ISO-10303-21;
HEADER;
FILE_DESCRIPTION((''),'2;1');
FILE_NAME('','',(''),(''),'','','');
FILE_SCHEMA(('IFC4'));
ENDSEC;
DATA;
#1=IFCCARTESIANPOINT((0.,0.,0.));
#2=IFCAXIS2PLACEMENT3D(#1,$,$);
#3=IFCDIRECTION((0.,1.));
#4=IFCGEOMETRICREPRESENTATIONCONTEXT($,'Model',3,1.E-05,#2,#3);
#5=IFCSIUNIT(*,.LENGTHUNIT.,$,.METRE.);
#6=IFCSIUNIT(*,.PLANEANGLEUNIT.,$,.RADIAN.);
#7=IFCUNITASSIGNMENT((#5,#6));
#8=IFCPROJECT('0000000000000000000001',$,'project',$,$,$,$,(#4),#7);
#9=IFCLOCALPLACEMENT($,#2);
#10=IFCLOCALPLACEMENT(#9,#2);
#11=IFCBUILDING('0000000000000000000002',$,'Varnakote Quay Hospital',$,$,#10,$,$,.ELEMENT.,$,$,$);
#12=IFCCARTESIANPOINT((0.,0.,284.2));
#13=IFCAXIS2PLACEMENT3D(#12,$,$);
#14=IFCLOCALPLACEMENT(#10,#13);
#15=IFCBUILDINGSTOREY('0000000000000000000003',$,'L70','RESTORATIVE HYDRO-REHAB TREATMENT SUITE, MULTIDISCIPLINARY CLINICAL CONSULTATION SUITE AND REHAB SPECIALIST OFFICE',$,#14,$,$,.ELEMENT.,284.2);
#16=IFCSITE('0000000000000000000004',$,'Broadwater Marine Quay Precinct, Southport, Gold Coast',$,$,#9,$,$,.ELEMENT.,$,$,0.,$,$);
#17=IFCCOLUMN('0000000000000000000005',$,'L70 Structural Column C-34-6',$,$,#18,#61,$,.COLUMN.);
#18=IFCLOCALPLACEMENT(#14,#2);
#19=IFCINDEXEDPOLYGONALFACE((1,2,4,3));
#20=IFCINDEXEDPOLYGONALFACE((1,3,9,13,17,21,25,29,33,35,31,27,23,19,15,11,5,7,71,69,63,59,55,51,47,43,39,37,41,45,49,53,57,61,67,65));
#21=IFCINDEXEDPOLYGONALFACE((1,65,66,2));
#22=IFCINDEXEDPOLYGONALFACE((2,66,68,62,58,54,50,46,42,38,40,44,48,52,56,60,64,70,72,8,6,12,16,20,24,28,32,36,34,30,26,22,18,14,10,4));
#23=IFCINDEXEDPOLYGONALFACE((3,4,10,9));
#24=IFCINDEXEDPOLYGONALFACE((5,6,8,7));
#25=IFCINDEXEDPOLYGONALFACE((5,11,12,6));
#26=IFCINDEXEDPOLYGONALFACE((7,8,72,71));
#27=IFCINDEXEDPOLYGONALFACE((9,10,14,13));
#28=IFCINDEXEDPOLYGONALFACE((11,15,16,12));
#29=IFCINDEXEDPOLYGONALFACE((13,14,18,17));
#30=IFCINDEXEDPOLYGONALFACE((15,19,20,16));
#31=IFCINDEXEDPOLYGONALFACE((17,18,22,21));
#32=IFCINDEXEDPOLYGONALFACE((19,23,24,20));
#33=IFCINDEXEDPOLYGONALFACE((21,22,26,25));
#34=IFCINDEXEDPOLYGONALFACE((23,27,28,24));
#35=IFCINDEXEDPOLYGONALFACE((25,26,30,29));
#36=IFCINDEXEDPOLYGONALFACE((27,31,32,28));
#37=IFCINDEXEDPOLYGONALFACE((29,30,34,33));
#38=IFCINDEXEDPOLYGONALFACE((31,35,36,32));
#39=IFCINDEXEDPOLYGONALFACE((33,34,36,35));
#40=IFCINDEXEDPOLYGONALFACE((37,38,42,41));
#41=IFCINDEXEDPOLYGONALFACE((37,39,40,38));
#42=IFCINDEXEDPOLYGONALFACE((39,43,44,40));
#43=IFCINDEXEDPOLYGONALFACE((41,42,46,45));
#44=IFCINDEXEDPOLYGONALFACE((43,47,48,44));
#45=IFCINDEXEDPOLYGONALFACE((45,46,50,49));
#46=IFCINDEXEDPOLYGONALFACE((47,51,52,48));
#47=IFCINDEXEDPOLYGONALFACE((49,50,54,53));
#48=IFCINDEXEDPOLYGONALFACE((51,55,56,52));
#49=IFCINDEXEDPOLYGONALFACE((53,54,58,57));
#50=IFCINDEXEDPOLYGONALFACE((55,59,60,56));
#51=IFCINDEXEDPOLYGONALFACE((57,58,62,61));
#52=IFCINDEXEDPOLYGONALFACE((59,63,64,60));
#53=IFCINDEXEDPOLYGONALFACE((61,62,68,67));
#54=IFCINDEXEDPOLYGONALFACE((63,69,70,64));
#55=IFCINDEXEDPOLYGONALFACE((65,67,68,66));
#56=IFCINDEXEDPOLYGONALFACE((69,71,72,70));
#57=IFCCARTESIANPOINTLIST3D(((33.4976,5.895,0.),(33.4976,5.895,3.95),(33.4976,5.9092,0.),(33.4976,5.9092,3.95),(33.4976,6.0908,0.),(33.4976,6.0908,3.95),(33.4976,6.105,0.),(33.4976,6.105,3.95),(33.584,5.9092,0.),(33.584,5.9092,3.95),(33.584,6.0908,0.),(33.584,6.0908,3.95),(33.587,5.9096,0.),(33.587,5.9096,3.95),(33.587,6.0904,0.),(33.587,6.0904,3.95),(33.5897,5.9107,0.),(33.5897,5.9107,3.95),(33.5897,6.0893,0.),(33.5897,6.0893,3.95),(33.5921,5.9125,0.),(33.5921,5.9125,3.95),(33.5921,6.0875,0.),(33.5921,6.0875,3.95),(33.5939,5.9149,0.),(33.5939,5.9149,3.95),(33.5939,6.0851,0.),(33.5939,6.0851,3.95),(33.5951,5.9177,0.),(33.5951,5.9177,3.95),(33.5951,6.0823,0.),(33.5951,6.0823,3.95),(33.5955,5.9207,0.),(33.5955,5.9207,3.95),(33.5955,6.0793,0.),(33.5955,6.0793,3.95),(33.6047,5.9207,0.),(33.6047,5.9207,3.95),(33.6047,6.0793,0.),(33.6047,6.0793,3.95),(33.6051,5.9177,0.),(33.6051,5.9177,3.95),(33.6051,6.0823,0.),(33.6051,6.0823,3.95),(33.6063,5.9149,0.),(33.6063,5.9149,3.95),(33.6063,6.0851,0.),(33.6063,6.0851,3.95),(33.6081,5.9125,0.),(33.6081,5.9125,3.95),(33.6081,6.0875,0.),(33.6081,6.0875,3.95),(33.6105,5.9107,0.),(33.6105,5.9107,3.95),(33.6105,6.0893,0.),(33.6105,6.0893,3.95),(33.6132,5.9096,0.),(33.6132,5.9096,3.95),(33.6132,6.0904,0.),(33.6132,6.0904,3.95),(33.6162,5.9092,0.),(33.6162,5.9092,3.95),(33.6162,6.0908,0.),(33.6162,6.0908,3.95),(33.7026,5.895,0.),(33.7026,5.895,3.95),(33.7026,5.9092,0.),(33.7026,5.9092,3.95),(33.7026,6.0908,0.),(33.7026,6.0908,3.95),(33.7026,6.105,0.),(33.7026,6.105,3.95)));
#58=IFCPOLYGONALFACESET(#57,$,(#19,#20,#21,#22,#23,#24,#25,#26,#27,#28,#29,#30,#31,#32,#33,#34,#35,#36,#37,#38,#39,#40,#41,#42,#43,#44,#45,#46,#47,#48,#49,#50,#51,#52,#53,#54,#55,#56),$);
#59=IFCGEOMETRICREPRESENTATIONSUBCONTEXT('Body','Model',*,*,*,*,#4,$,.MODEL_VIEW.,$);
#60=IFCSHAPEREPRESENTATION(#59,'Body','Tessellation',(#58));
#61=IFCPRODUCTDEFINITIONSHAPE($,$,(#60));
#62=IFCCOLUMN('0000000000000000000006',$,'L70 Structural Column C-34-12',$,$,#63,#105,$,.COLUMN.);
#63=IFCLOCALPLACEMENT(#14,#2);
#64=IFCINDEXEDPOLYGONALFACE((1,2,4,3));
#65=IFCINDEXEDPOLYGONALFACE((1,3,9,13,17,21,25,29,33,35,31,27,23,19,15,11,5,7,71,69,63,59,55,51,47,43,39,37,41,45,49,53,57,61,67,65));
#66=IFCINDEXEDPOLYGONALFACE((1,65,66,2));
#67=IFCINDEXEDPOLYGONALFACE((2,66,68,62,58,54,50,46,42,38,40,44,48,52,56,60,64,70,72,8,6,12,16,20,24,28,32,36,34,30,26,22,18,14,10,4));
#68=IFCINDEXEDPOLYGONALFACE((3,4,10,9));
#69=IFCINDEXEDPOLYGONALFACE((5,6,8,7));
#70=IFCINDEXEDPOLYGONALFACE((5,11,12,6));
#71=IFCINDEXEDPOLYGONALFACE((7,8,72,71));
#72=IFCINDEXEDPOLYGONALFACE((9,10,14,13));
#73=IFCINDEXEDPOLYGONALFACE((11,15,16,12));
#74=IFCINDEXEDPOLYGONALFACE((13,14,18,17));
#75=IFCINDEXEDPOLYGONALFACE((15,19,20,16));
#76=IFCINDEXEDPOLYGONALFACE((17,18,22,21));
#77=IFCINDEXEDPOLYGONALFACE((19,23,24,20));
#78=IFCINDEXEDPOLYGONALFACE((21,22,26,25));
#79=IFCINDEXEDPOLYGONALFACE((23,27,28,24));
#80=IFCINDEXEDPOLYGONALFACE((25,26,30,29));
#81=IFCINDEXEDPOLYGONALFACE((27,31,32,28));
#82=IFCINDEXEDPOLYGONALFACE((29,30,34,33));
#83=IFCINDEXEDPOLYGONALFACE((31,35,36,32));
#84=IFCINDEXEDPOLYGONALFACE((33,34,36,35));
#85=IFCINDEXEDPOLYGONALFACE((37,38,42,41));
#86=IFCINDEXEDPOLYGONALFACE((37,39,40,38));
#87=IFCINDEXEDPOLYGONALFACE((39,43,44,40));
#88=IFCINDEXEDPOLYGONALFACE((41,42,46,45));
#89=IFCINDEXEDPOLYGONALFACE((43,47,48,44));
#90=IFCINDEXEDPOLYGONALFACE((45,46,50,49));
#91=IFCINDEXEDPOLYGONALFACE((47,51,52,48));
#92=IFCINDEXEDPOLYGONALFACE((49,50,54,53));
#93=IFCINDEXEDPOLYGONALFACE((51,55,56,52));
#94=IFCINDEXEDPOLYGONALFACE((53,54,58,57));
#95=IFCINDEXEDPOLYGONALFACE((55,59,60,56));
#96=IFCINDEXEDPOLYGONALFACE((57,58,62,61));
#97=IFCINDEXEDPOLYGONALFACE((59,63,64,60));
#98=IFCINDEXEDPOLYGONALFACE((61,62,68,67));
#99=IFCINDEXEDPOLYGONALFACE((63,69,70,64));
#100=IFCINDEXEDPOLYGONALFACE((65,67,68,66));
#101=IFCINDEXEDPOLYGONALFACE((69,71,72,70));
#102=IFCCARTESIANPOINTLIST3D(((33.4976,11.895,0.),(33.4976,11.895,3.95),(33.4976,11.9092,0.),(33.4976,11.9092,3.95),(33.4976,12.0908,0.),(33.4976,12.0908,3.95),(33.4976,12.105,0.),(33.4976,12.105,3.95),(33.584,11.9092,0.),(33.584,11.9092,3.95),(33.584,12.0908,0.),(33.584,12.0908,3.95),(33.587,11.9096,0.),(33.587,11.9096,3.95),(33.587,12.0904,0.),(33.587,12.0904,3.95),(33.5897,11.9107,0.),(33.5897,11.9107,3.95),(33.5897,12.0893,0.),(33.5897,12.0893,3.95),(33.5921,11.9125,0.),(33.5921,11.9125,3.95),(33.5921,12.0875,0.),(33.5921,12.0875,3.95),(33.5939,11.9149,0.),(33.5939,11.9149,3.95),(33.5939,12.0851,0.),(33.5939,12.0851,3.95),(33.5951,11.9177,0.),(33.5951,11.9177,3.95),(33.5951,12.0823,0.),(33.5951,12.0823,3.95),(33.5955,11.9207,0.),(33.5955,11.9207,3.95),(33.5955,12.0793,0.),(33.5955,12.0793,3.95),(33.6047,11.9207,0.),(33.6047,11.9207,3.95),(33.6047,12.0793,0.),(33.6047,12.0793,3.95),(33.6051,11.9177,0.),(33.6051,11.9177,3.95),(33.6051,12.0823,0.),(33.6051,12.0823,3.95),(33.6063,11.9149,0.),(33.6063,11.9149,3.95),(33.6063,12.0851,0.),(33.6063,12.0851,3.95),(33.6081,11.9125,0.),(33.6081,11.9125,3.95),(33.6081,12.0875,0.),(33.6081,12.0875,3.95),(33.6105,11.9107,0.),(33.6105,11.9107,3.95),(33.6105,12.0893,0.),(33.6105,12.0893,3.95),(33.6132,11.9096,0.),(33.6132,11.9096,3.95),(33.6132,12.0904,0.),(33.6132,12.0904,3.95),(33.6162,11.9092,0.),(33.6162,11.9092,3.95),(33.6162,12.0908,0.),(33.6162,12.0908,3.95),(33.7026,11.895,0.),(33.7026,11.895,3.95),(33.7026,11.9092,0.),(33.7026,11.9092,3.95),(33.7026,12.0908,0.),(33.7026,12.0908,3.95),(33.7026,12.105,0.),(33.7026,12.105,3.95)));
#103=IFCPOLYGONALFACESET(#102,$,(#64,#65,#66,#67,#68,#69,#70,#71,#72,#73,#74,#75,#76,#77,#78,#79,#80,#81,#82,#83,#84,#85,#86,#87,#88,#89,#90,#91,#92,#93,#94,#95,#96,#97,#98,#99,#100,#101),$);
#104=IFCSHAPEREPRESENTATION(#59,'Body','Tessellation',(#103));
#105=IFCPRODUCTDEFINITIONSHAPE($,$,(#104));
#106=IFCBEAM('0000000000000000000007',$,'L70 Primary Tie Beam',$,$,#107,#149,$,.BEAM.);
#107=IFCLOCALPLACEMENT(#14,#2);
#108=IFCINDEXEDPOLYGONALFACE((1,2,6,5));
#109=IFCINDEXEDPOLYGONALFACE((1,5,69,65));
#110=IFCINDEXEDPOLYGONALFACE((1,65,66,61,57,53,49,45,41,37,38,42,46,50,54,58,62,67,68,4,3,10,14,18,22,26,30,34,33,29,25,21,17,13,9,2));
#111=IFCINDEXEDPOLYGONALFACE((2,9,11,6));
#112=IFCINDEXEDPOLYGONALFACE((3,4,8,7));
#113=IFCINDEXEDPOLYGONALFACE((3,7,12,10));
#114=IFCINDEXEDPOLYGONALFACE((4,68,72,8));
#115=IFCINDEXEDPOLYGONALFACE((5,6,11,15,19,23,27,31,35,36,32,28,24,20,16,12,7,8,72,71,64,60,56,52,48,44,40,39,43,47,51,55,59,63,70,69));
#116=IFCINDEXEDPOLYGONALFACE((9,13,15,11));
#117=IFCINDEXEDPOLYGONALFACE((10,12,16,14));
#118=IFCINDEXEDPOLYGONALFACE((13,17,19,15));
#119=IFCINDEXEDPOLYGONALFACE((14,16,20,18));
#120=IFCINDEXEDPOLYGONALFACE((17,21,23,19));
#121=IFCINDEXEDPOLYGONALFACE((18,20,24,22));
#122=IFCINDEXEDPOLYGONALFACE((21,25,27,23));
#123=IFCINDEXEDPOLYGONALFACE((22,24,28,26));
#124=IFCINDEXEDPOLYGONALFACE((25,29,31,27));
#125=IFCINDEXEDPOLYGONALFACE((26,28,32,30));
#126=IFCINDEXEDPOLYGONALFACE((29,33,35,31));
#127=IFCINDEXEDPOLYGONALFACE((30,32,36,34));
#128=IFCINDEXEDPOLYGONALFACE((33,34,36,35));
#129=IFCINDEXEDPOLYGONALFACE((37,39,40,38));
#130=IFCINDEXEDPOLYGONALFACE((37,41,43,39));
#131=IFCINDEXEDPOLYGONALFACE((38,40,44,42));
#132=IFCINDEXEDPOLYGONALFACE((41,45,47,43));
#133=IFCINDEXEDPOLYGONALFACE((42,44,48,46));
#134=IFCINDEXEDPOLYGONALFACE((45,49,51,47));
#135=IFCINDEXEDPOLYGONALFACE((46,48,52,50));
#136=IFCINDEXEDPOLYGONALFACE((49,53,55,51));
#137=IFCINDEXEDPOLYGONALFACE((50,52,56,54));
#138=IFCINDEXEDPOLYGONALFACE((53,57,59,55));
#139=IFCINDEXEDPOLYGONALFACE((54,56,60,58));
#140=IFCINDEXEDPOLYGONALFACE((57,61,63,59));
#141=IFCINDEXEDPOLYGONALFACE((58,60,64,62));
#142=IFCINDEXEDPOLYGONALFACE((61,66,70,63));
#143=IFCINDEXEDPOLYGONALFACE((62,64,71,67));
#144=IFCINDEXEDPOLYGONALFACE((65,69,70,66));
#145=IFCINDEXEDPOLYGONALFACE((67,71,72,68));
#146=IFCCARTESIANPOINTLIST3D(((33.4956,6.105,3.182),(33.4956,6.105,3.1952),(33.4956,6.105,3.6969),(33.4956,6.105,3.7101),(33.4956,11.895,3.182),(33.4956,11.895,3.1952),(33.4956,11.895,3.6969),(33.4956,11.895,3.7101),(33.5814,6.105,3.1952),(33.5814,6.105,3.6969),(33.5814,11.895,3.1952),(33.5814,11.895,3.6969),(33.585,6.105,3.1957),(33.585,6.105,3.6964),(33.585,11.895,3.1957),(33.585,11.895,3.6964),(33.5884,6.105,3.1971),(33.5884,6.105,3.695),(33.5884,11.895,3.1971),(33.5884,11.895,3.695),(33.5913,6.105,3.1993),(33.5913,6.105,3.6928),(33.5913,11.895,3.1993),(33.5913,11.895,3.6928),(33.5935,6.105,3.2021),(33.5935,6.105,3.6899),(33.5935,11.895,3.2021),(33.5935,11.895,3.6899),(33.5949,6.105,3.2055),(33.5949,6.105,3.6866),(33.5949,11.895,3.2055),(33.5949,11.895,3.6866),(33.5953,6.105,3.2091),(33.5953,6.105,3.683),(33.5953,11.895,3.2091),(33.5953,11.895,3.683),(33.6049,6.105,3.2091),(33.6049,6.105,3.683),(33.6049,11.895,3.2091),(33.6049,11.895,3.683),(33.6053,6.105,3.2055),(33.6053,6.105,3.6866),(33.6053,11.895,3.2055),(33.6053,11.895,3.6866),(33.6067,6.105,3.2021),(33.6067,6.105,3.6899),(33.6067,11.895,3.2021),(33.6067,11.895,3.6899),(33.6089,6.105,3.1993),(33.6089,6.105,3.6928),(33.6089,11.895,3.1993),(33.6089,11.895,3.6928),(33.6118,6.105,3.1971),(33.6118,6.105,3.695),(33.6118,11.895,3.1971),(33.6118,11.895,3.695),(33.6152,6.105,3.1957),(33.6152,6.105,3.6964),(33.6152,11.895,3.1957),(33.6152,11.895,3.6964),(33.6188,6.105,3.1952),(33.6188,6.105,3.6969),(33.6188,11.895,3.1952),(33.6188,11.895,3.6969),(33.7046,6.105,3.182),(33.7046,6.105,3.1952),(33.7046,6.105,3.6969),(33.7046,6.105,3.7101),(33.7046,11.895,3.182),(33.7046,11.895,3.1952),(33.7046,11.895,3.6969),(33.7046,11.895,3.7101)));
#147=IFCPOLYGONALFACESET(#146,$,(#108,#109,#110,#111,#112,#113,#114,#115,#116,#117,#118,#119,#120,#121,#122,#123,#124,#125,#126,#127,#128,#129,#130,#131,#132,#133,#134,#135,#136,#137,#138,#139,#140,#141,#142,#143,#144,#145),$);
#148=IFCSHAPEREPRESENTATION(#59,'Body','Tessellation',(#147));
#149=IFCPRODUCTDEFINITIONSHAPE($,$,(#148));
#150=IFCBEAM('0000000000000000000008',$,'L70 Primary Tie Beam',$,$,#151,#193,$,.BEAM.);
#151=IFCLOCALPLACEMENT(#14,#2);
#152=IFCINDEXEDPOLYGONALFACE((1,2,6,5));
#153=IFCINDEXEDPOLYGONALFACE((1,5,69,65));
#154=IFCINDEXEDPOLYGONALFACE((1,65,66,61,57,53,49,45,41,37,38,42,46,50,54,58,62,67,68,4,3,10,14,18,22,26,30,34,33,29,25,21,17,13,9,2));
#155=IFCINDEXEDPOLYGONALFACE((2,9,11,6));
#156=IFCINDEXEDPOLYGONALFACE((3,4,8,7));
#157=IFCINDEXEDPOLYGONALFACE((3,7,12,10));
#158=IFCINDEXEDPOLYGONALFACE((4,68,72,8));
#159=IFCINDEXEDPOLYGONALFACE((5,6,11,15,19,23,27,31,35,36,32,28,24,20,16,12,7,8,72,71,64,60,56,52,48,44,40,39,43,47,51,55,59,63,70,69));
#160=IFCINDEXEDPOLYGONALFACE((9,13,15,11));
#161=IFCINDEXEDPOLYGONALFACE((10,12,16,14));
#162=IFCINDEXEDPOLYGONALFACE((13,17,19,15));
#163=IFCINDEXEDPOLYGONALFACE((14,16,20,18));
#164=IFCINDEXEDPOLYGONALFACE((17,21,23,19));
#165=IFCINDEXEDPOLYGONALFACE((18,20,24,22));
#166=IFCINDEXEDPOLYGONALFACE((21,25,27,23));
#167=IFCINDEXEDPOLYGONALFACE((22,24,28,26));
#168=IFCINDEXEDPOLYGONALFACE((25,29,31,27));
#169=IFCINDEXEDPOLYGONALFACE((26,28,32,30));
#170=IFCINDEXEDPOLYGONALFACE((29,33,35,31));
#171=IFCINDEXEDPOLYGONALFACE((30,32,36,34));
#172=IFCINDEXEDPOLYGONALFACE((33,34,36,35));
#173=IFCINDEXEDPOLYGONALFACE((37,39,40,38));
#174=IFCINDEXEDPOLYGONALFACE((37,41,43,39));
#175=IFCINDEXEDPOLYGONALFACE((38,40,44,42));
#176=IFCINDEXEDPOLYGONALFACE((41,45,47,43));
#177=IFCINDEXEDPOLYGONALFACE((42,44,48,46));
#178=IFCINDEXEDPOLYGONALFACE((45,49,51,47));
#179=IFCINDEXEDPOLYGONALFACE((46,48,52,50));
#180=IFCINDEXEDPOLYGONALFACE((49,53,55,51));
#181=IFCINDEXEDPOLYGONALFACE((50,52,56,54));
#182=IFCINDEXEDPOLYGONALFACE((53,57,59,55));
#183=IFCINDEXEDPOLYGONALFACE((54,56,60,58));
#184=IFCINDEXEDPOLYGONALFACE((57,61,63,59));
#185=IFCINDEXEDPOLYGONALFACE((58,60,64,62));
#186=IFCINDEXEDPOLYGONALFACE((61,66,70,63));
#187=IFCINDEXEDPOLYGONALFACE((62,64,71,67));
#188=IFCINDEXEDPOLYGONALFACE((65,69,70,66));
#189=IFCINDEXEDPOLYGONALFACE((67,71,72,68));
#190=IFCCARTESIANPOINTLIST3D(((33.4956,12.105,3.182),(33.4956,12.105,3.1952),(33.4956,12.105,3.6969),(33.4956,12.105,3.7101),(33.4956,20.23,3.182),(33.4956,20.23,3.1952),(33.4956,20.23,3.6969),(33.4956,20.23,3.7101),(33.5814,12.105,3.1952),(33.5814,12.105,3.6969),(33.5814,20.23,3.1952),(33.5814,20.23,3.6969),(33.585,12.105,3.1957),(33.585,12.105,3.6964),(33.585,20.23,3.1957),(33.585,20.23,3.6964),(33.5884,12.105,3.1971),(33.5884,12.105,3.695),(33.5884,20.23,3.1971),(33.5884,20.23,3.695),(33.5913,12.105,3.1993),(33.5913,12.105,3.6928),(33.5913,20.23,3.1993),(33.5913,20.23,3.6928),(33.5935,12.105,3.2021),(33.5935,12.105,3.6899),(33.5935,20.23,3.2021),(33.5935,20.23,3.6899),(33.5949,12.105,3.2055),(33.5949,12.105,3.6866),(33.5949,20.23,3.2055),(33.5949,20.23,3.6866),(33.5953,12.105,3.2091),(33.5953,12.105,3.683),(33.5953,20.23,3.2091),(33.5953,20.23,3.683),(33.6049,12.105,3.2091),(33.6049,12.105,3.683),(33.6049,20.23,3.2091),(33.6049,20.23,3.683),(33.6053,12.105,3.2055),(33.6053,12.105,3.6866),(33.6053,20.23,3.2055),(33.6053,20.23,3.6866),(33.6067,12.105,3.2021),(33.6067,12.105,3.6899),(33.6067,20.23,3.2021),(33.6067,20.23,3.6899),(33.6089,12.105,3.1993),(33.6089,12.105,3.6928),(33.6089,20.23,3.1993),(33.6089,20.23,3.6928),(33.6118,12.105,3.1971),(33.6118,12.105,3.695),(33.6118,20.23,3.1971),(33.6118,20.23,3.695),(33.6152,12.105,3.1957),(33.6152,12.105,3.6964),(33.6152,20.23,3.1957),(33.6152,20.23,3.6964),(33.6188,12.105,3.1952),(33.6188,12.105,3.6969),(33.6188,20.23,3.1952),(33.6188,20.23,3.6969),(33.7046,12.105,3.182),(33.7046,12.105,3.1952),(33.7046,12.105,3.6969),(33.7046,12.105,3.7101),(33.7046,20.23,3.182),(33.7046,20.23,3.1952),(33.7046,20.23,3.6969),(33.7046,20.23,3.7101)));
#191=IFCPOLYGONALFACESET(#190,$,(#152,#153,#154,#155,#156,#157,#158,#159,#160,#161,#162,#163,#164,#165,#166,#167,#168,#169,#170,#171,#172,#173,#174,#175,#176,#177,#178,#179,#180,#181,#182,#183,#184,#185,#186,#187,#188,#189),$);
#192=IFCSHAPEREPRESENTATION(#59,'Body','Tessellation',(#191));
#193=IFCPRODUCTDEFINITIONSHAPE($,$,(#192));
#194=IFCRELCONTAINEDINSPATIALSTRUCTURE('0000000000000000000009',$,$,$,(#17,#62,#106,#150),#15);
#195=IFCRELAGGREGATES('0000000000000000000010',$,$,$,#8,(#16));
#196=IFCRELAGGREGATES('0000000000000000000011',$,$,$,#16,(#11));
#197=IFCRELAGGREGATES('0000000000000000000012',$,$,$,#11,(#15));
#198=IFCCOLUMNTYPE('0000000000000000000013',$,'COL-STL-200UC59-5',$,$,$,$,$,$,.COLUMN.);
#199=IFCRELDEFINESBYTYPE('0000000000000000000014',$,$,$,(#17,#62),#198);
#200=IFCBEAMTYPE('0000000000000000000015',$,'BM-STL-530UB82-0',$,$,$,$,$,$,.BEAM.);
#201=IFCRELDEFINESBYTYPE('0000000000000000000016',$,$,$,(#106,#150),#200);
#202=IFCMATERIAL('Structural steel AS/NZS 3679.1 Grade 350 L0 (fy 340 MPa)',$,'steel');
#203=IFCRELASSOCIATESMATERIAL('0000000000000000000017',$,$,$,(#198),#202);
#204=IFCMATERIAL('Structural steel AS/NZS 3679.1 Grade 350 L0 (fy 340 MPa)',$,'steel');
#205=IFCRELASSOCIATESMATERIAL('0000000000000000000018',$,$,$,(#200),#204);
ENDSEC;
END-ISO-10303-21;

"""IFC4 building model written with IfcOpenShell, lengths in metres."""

from ifc_helpers import new_model, si_unit, direction, frame, origin, origin_2d, place, context, subcontext, project, spatial, i_section, extrude, material, material_profile, profile_set, type_object, element, save


model = new_model("IFC4")

# Units and contexts
model_context = context("Model", 3, precision=1e-05, world=origin(), true_north=direction((0.0, 1.0)))
body_context = subcontext(model_context, "Body", "Model", "MODEL_VIEW")
ifc_project = project(units=[si_unit("LENGTHUNIT", "METRE"), si_unit("PLANEANGLEUNIT", "RADIAN")], contexts=[model_context])

# Site, building, storey
site_placement = place(None, origin())
site = spatial("IfcSite", under=ifc_project, at=site_placement, Name="Broadwater Marine Quay Precinct, Southport, Gold Coast", CompositionType="ELEMENT", RefElevation=0.0)
building_placement = place(site_placement, origin())
building = spatial("IfcBuilding", under=site, at=building_placement, Name="Varnakote Quay Hospital", CompositionType="ELEMENT")
storey_placement = place(building_placement, frame((0.0, 0.0, 284.2)))
storey = spatial("IfcBuildingStorey", under=building, at=storey_placement, Name="L70", Description="RESTORATIVE HYDRO-REHAB TREATMENT SUITE, MULTIDISCIPLINARY CLINICAL CONSULTATION SUITE AND REHAB SPECIALIST OFFICE", CompositionType="ELEMENT", Elevation=284.2)

# Columns
ifc_material_1 = material(Name="Structural steel AS/NZS 3679.1 Grade 350 L0 (fy 340 MPa)", Category="steel")
ifc_material_profile_1 = material_profile(ifc_material_1, i_section(OverallWidth=0.2051, OverallDepth=0.21, WebThickness=0.0093, FlangeThickness=0.0142, FilletRadius=0.0115, at=origin_2d()), Name="200UC59.5")
ifc_profile_set_1 = profile_set([ifc_material_profile_1], Name="Structural steel AS/NZS 3679.1 Grade 350 L0 (fy 340 MPa)")
column_type = type_object("IfcColumnType", Name="COL-STL-200UC59-5", PredefinedType="COLUMN", material=ifc_profile_set_1)
for number, where, z_axis, x_axis, name in (
    (1, (33.6001, 6.0, 0.0), (0.0, 0.0, 1.0), (1.0, 0.0, 0.0), "L70 Structural Column C-34-6"),
    (2, (33.6001, 12.0, 0.0), (0.0, 0.0, 1.0), (1.0, 0.0, 0.0), "L70 Structural Column C-34-12"),
):
    element("IfcColumn", number, at=place(storey_placement, frame(where, z_axis=z_axis, x_axis=x_axis)), inside=storey, type_object=column_type, Name=name, PredefinedType="COLUMN", context=body_context, shape_type="SweptSolid", body=[
        extrude(i_section(OverallWidth=0.2051, OverallDepth=0.21, WebThickness=0.0093, FlangeThickness=0.0142, FilletRadius=0.0115, at=origin_2d()), origin(), (0.0, 0.0, 1.0), 3.95),
    ])

# Beams
ifc_material_2 = material(Name="Structural steel AS/NZS 3679.1 Grade 350 L0 (fy 340 MPa)", Category="steel")
ifc_material_profile_2 = material_profile(ifc_material_2, i_section(OverallWidth=0.209, OverallDepth=0.5281, WebThickness=0.0095, FlangeThickness=0.0132, FilletRadius=0.0139, at=origin_2d()), Name="530UB82.0")
ifc_profile_set_2 = profile_set([ifc_material_profile_2], Name="Structural steel AS/NZS 3679.1 Grade 350 L0 (fy 340 MPa)")
beam_type = type_object("IfcBeamType", Name="BM-STL-530UB82-0", PredefinedType="BEAM", material=ifc_profile_set_2)
beam_1_placement = place(storey_placement, frame((33.6001, 6.105, 3.446), z_axis=(0.0, 1.0, 0.0), x_axis=(-1.0, 0.0, 0.0)))
element("IfcBeam", 3, at=beam_1_placement, inside=storey, type_object=beam_type, Name="L70 Primary Tie Beam", PredefinedType="BEAM", context=body_context, shape_type="SweptSolid", body=[
    extrude(i_section(OverallWidth=0.209, OverallDepth=0.5281, WebThickness=0.0095, FlangeThickness=0.0132, FilletRadius=0.0139, at=origin_2d()), origin(), (0.0, 0.0, 1.0), 5.79),
])
beam_2_placement = place(storey_placement, frame((33.6001, 12.105, 3.446), z_axis=(0.0, 1.0, 0.0), x_axis=(-1.0, 0.0, 0.0)))
element("IfcBeam", 4, at=beam_2_placement, inside=storey, type_object=beam_type, Name="L70 Primary Tie Beam", PredefinedType="BEAM", context=body_context, shape_type="SweptSolid", body=[
    extrude(i_section(OverallWidth=0.209, OverallDepth=0.5281, WebThickness=0.0095, FlangeThickness=0.0132, FilletRadius=0.0139, at=origin_2d()), origin(), (0.0, 0.0, 1.0), 8.125),
])

save(model, "model.ifc")
